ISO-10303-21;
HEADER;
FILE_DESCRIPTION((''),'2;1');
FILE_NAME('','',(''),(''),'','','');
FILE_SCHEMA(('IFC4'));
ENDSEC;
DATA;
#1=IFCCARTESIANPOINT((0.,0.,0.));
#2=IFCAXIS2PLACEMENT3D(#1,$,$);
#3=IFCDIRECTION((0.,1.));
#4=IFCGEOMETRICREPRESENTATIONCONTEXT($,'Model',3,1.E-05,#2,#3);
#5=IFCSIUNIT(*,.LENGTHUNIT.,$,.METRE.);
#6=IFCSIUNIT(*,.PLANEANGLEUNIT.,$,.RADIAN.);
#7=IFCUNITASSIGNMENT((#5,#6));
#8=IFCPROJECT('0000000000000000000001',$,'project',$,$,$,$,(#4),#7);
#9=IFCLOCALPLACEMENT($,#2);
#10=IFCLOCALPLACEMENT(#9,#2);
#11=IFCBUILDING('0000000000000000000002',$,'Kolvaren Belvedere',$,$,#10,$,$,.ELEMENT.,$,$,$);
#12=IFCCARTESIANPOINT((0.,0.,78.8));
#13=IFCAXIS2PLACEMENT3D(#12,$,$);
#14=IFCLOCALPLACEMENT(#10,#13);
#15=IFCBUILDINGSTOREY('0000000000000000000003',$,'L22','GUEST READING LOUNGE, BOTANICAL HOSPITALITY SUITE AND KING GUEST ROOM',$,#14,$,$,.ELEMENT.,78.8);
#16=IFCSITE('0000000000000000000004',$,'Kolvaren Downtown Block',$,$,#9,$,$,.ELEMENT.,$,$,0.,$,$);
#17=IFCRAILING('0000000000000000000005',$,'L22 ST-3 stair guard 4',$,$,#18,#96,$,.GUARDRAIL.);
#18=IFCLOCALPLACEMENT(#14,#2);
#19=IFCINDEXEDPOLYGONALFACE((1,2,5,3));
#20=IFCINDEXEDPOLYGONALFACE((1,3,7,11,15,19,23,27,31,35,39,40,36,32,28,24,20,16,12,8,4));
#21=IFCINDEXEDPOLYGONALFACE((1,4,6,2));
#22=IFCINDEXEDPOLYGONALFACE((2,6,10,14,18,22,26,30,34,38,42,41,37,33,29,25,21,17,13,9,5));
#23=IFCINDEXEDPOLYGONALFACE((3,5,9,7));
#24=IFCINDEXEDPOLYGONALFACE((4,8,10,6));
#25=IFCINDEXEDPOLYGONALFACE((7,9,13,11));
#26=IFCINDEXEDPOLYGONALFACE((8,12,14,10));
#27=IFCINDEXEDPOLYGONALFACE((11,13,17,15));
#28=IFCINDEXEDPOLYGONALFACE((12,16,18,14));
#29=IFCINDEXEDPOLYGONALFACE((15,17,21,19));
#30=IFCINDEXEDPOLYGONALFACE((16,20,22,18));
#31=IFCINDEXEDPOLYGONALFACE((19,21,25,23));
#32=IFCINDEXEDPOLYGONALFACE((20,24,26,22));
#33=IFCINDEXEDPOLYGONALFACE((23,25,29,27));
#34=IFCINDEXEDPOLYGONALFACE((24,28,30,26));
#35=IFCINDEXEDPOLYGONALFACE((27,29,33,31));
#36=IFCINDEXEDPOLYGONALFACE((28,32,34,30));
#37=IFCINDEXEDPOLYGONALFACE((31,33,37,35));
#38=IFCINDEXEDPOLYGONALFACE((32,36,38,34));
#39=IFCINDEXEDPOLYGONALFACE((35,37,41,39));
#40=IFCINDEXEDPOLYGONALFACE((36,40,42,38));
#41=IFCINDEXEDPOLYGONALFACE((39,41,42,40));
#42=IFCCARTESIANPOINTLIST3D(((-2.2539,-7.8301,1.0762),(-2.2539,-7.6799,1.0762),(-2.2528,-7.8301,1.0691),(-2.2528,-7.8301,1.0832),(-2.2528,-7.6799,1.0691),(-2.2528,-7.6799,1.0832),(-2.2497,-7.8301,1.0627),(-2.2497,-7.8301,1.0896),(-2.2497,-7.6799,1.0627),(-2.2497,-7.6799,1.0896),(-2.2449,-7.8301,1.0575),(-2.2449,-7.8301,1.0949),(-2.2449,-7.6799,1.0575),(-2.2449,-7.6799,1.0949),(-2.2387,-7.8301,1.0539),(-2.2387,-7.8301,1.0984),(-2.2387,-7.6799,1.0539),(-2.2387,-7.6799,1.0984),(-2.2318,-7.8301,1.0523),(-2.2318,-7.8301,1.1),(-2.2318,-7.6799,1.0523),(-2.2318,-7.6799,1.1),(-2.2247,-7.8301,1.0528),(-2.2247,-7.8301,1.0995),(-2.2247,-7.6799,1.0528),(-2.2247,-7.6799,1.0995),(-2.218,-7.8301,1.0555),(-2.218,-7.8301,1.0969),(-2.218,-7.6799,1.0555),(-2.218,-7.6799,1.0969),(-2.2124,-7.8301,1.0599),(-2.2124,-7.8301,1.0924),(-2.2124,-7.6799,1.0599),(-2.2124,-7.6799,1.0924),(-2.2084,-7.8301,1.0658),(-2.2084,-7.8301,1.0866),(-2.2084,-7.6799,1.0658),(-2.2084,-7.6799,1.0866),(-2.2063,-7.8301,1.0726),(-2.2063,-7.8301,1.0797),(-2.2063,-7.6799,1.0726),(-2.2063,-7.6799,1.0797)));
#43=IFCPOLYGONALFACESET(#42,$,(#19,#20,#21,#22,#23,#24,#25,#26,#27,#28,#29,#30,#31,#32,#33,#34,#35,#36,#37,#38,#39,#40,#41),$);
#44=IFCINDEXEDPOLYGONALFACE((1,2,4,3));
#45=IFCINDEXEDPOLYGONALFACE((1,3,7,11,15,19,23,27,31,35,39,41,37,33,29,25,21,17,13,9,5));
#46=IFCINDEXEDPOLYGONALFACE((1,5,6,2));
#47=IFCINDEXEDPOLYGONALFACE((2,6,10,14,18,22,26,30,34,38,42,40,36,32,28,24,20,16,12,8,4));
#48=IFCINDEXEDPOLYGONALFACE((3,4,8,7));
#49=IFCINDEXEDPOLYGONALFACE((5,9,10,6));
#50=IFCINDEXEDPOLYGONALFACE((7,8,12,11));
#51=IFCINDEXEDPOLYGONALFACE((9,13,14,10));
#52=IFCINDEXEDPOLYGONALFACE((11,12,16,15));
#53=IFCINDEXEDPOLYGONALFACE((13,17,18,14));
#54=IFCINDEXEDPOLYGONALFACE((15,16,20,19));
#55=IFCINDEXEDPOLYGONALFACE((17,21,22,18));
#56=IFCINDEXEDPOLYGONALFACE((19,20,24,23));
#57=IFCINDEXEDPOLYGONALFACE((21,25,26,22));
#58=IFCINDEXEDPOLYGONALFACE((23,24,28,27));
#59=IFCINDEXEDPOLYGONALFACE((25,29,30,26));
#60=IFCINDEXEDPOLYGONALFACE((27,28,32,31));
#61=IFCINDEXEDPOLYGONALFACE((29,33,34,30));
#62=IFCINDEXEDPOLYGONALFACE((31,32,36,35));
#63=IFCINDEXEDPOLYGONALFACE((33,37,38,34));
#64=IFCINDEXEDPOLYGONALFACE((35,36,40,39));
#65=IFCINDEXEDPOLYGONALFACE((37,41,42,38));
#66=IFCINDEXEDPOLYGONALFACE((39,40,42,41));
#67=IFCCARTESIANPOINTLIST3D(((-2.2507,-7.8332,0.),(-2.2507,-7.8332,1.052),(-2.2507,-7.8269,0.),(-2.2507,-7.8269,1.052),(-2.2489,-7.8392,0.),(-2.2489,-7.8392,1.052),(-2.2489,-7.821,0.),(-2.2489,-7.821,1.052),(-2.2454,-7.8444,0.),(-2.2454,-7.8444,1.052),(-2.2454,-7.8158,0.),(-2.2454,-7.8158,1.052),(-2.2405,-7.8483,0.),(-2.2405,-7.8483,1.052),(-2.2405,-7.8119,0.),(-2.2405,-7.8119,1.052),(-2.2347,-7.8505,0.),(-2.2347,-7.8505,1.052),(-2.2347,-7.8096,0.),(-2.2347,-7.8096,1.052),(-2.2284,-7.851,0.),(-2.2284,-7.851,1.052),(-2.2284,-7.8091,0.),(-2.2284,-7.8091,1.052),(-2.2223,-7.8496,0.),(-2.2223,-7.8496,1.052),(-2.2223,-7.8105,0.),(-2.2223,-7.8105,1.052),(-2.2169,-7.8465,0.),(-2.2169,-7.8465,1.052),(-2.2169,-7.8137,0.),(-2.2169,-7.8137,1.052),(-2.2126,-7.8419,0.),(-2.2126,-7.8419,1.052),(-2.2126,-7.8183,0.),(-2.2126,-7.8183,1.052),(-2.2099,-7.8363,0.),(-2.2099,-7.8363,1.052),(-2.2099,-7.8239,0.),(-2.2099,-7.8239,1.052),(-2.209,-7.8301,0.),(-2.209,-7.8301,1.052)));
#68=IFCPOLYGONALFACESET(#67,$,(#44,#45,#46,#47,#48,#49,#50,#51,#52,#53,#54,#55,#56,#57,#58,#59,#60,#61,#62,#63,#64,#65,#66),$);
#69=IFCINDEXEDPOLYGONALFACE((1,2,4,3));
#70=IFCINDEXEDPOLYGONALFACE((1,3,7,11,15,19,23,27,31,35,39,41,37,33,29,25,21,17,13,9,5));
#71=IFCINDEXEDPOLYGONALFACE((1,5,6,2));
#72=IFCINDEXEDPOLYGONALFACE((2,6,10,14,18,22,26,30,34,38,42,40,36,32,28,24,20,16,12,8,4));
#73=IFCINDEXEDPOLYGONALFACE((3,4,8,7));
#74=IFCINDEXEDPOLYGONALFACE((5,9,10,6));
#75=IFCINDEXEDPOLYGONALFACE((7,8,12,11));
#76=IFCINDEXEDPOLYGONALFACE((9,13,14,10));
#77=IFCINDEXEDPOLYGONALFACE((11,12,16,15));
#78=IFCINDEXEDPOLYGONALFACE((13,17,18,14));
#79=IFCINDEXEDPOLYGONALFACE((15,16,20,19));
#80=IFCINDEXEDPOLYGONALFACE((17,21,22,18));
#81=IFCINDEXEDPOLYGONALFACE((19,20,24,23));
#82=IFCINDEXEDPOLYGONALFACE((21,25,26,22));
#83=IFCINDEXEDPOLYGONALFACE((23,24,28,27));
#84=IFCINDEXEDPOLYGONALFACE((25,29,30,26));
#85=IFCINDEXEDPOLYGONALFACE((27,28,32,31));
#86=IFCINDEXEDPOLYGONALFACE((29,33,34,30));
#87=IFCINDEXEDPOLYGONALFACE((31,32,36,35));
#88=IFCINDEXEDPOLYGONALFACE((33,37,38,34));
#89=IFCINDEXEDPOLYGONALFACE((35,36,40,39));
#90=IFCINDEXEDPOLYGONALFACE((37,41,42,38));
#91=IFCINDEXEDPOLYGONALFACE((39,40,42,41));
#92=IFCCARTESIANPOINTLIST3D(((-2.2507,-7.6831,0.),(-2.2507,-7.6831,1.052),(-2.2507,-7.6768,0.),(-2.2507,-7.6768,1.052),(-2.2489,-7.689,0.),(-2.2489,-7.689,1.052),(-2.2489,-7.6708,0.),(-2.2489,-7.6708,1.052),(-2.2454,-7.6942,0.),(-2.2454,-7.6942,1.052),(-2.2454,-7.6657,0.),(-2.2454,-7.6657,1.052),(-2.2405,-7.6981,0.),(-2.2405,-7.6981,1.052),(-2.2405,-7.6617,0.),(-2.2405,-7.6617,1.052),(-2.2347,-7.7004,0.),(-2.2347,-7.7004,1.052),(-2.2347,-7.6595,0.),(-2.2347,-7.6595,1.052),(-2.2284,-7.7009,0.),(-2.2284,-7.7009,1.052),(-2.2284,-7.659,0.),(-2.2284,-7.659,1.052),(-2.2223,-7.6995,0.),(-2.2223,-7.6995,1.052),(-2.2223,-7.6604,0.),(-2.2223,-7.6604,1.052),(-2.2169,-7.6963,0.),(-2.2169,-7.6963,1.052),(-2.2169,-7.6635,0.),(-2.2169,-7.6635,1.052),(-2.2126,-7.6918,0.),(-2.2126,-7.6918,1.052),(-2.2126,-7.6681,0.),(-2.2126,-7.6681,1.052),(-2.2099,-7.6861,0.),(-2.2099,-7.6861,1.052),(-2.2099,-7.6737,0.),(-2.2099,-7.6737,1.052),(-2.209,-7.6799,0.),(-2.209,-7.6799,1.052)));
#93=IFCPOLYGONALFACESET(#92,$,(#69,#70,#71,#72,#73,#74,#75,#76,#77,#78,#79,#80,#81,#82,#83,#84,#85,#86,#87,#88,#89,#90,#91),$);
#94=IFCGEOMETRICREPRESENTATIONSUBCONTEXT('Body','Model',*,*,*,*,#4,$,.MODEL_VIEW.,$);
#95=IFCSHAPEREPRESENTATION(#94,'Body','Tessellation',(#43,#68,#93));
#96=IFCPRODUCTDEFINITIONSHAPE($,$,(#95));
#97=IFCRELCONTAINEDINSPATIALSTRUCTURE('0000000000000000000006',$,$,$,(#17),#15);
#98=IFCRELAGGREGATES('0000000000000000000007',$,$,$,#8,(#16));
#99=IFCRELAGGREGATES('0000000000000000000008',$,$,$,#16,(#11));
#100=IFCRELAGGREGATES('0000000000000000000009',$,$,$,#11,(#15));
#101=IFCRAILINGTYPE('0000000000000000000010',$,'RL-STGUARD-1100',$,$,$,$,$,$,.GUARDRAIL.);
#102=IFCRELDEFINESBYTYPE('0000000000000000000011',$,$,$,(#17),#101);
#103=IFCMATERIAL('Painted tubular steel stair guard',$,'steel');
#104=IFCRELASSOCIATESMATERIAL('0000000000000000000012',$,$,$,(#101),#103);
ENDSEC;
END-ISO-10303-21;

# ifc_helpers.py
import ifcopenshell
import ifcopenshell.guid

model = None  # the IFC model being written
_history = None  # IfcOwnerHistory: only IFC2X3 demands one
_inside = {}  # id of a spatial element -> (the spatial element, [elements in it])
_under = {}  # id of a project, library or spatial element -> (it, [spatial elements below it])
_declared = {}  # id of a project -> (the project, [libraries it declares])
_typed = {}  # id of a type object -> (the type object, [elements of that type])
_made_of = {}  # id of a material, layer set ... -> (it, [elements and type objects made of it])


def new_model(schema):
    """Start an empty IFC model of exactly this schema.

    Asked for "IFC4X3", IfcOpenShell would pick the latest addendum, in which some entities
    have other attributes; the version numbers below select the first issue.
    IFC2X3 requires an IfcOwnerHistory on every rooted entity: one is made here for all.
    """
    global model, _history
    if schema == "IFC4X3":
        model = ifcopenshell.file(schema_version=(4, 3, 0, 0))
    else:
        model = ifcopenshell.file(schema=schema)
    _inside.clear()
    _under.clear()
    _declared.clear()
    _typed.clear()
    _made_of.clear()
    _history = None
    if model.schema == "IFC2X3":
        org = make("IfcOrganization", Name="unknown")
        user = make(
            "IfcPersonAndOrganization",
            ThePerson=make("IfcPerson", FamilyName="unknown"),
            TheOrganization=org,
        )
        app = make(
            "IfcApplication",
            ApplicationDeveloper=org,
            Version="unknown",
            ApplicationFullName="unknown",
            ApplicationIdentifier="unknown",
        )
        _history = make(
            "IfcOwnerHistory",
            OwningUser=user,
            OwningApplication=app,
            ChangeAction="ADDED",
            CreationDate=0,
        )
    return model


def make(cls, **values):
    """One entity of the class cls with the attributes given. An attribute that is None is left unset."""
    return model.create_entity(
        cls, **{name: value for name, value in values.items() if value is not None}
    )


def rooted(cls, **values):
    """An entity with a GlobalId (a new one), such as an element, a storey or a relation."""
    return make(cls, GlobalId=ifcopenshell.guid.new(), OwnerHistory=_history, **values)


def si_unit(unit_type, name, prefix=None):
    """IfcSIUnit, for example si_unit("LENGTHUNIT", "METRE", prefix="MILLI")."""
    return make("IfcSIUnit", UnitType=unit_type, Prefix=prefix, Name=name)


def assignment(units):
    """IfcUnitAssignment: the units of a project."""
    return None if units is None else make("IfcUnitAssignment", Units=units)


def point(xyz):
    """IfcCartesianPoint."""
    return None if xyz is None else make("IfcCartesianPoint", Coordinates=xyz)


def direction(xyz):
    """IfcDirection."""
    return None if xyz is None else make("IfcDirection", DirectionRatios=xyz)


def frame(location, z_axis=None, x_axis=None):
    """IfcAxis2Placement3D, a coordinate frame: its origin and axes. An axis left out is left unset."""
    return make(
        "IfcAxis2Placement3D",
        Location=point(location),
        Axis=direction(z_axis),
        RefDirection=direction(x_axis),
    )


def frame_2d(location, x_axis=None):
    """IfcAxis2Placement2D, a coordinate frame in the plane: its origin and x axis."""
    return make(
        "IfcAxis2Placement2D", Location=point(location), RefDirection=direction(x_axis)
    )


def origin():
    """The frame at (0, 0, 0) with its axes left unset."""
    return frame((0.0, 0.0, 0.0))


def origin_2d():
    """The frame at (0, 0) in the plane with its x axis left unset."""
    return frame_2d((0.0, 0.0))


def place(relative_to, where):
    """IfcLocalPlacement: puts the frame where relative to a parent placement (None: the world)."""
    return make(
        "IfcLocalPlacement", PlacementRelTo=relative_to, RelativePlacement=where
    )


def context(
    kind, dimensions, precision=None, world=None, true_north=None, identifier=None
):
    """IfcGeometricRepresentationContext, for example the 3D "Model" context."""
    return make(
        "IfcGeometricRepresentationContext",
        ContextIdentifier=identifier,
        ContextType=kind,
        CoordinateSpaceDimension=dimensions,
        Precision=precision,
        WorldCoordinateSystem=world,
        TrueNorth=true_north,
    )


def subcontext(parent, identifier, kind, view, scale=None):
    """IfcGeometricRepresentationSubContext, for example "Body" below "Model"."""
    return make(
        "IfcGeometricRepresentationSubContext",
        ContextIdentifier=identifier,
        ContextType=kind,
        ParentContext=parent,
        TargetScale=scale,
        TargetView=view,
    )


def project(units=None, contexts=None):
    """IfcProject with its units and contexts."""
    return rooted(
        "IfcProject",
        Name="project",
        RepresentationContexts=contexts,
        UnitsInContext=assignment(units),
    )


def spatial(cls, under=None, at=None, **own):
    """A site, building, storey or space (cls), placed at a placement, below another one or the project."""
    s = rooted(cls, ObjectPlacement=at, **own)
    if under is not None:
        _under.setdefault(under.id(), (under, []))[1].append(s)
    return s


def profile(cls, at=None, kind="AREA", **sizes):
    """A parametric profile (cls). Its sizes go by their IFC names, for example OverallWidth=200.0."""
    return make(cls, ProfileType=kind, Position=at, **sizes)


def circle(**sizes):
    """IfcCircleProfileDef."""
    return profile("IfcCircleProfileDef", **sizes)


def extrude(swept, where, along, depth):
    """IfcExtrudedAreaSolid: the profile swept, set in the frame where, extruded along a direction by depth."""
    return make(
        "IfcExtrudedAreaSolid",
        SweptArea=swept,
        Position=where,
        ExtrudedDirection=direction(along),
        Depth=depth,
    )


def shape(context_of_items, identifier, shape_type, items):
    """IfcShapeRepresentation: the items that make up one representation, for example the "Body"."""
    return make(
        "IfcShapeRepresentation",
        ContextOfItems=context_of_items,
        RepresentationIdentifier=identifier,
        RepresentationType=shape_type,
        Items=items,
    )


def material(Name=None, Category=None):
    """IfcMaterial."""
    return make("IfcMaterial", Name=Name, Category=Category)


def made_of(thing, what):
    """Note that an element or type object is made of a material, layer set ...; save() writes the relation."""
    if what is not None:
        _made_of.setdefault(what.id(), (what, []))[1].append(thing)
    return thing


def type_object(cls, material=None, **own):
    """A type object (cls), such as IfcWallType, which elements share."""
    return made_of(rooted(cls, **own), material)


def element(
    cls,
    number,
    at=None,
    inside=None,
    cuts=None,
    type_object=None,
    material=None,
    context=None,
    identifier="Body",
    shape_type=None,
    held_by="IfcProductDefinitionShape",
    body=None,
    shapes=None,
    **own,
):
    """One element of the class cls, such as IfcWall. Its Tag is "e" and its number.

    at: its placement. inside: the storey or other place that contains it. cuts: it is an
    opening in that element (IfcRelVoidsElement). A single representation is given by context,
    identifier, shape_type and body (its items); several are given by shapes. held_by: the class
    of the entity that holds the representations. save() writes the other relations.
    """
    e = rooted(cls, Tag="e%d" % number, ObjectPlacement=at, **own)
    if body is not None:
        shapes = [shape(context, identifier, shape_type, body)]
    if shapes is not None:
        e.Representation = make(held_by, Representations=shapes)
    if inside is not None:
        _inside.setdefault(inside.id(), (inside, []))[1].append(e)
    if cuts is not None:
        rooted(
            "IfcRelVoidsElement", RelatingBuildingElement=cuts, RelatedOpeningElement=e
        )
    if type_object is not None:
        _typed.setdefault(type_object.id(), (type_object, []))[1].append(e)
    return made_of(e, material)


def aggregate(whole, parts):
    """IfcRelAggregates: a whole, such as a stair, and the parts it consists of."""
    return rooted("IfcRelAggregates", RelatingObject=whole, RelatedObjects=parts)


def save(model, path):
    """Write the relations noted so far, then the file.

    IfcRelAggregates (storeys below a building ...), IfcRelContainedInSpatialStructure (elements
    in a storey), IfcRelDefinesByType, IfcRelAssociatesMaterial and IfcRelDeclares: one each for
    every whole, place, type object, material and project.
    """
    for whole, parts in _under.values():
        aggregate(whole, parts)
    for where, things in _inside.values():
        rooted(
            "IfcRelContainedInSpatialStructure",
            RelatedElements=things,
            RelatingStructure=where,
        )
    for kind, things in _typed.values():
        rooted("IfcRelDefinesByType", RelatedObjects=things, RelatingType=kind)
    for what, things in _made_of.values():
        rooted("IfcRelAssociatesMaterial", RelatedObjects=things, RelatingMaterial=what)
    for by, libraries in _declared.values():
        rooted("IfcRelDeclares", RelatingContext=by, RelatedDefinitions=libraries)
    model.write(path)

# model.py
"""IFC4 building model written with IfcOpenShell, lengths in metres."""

from ifc_helpers import new_model, si_unit, direction, frame, origin, origin_2d, place, context, subcontext, project, spatial, circle, extrude, material, type_object, element, save


model = new_model("IFC4")

# Units and contexts
model_context = context("Model", 3, precision=1e-05, world=origin(), true_north=direction((0.0, 1.0)))
body_context = subcontext(model_context, "Body", "Model", "MODEL_VIEW")
ifc_project = project(units=[si_unit("LENGTHUNIT", "METRE"), si_unit("PLANEANGLEUNIT", "RADIAN")], contexts=[model_context])

# Site, building, storey
site_placement = place(None, origin())
site = spatial("IfcSite", under=ifc_project, at=site_placement, Name="Kolvaren Downtown Block", CompositionType="ELEMENT", RefElevation=0.0)
building_placement = place(site_placement, origin())
building = spatial("IfcBuilding", under=site, at=building_placement, Name="Kolvaren Belvedere", CompositionType="ELEMENT")
storey_placement = place(building_placement, frame((0.0, 0.0, 78.8)))
storey = spatial("IfcBuildingStorey", under=building, at=storey_placement, Name="L22", Description="GUEST READING LOUNGE, BOTANICAL HOSPITALITY SUITE AND KING GUEST ROOM", CompositionType="ELEMENT", Elevation=78.8)

# Railing
ifc_material_1 = material(Name="Painted tubular steel stair guard", Category="steel")
railing_type = type_object("IfcRailingType", Name="RL-STGUARD-1100", PredefinedType="GUARDRAIL", material=ifc_material_1)
railing_1_placement = place(storey_placement, frame((-2.23, -7.8301, 0.0)))
element("IfcRailing", 1, at=railing_1_placement, inside=storey, type_object=railing_type, Name="L22 ST-3 stair guard 4", PredefinedType="GUARDRAIL", context=body_context, shape_type="SweptSolid", body=[
    extrude(circle(Radius=0.0239, at=origin_2d()), frame((0.0, 0.0, 1.0762), z_axis=(0.0, 1.0, 0.0), x_axis=(-1.0, 0.0, 0.0)), (0.0, 0.0, 1.0), 0.1501),
    extrude(circle(Radius=0.021, at=origin_2d()), origin(), (0.0, 0.0, 1.0), 1.052),
    extrude(circle(Radius=0.021, at=origin_2d()), frame((0.0, 0.1501, 0.0)), (0.0, 0.0, 1.0), 1.052),
])

save(model, "model.ifc")
